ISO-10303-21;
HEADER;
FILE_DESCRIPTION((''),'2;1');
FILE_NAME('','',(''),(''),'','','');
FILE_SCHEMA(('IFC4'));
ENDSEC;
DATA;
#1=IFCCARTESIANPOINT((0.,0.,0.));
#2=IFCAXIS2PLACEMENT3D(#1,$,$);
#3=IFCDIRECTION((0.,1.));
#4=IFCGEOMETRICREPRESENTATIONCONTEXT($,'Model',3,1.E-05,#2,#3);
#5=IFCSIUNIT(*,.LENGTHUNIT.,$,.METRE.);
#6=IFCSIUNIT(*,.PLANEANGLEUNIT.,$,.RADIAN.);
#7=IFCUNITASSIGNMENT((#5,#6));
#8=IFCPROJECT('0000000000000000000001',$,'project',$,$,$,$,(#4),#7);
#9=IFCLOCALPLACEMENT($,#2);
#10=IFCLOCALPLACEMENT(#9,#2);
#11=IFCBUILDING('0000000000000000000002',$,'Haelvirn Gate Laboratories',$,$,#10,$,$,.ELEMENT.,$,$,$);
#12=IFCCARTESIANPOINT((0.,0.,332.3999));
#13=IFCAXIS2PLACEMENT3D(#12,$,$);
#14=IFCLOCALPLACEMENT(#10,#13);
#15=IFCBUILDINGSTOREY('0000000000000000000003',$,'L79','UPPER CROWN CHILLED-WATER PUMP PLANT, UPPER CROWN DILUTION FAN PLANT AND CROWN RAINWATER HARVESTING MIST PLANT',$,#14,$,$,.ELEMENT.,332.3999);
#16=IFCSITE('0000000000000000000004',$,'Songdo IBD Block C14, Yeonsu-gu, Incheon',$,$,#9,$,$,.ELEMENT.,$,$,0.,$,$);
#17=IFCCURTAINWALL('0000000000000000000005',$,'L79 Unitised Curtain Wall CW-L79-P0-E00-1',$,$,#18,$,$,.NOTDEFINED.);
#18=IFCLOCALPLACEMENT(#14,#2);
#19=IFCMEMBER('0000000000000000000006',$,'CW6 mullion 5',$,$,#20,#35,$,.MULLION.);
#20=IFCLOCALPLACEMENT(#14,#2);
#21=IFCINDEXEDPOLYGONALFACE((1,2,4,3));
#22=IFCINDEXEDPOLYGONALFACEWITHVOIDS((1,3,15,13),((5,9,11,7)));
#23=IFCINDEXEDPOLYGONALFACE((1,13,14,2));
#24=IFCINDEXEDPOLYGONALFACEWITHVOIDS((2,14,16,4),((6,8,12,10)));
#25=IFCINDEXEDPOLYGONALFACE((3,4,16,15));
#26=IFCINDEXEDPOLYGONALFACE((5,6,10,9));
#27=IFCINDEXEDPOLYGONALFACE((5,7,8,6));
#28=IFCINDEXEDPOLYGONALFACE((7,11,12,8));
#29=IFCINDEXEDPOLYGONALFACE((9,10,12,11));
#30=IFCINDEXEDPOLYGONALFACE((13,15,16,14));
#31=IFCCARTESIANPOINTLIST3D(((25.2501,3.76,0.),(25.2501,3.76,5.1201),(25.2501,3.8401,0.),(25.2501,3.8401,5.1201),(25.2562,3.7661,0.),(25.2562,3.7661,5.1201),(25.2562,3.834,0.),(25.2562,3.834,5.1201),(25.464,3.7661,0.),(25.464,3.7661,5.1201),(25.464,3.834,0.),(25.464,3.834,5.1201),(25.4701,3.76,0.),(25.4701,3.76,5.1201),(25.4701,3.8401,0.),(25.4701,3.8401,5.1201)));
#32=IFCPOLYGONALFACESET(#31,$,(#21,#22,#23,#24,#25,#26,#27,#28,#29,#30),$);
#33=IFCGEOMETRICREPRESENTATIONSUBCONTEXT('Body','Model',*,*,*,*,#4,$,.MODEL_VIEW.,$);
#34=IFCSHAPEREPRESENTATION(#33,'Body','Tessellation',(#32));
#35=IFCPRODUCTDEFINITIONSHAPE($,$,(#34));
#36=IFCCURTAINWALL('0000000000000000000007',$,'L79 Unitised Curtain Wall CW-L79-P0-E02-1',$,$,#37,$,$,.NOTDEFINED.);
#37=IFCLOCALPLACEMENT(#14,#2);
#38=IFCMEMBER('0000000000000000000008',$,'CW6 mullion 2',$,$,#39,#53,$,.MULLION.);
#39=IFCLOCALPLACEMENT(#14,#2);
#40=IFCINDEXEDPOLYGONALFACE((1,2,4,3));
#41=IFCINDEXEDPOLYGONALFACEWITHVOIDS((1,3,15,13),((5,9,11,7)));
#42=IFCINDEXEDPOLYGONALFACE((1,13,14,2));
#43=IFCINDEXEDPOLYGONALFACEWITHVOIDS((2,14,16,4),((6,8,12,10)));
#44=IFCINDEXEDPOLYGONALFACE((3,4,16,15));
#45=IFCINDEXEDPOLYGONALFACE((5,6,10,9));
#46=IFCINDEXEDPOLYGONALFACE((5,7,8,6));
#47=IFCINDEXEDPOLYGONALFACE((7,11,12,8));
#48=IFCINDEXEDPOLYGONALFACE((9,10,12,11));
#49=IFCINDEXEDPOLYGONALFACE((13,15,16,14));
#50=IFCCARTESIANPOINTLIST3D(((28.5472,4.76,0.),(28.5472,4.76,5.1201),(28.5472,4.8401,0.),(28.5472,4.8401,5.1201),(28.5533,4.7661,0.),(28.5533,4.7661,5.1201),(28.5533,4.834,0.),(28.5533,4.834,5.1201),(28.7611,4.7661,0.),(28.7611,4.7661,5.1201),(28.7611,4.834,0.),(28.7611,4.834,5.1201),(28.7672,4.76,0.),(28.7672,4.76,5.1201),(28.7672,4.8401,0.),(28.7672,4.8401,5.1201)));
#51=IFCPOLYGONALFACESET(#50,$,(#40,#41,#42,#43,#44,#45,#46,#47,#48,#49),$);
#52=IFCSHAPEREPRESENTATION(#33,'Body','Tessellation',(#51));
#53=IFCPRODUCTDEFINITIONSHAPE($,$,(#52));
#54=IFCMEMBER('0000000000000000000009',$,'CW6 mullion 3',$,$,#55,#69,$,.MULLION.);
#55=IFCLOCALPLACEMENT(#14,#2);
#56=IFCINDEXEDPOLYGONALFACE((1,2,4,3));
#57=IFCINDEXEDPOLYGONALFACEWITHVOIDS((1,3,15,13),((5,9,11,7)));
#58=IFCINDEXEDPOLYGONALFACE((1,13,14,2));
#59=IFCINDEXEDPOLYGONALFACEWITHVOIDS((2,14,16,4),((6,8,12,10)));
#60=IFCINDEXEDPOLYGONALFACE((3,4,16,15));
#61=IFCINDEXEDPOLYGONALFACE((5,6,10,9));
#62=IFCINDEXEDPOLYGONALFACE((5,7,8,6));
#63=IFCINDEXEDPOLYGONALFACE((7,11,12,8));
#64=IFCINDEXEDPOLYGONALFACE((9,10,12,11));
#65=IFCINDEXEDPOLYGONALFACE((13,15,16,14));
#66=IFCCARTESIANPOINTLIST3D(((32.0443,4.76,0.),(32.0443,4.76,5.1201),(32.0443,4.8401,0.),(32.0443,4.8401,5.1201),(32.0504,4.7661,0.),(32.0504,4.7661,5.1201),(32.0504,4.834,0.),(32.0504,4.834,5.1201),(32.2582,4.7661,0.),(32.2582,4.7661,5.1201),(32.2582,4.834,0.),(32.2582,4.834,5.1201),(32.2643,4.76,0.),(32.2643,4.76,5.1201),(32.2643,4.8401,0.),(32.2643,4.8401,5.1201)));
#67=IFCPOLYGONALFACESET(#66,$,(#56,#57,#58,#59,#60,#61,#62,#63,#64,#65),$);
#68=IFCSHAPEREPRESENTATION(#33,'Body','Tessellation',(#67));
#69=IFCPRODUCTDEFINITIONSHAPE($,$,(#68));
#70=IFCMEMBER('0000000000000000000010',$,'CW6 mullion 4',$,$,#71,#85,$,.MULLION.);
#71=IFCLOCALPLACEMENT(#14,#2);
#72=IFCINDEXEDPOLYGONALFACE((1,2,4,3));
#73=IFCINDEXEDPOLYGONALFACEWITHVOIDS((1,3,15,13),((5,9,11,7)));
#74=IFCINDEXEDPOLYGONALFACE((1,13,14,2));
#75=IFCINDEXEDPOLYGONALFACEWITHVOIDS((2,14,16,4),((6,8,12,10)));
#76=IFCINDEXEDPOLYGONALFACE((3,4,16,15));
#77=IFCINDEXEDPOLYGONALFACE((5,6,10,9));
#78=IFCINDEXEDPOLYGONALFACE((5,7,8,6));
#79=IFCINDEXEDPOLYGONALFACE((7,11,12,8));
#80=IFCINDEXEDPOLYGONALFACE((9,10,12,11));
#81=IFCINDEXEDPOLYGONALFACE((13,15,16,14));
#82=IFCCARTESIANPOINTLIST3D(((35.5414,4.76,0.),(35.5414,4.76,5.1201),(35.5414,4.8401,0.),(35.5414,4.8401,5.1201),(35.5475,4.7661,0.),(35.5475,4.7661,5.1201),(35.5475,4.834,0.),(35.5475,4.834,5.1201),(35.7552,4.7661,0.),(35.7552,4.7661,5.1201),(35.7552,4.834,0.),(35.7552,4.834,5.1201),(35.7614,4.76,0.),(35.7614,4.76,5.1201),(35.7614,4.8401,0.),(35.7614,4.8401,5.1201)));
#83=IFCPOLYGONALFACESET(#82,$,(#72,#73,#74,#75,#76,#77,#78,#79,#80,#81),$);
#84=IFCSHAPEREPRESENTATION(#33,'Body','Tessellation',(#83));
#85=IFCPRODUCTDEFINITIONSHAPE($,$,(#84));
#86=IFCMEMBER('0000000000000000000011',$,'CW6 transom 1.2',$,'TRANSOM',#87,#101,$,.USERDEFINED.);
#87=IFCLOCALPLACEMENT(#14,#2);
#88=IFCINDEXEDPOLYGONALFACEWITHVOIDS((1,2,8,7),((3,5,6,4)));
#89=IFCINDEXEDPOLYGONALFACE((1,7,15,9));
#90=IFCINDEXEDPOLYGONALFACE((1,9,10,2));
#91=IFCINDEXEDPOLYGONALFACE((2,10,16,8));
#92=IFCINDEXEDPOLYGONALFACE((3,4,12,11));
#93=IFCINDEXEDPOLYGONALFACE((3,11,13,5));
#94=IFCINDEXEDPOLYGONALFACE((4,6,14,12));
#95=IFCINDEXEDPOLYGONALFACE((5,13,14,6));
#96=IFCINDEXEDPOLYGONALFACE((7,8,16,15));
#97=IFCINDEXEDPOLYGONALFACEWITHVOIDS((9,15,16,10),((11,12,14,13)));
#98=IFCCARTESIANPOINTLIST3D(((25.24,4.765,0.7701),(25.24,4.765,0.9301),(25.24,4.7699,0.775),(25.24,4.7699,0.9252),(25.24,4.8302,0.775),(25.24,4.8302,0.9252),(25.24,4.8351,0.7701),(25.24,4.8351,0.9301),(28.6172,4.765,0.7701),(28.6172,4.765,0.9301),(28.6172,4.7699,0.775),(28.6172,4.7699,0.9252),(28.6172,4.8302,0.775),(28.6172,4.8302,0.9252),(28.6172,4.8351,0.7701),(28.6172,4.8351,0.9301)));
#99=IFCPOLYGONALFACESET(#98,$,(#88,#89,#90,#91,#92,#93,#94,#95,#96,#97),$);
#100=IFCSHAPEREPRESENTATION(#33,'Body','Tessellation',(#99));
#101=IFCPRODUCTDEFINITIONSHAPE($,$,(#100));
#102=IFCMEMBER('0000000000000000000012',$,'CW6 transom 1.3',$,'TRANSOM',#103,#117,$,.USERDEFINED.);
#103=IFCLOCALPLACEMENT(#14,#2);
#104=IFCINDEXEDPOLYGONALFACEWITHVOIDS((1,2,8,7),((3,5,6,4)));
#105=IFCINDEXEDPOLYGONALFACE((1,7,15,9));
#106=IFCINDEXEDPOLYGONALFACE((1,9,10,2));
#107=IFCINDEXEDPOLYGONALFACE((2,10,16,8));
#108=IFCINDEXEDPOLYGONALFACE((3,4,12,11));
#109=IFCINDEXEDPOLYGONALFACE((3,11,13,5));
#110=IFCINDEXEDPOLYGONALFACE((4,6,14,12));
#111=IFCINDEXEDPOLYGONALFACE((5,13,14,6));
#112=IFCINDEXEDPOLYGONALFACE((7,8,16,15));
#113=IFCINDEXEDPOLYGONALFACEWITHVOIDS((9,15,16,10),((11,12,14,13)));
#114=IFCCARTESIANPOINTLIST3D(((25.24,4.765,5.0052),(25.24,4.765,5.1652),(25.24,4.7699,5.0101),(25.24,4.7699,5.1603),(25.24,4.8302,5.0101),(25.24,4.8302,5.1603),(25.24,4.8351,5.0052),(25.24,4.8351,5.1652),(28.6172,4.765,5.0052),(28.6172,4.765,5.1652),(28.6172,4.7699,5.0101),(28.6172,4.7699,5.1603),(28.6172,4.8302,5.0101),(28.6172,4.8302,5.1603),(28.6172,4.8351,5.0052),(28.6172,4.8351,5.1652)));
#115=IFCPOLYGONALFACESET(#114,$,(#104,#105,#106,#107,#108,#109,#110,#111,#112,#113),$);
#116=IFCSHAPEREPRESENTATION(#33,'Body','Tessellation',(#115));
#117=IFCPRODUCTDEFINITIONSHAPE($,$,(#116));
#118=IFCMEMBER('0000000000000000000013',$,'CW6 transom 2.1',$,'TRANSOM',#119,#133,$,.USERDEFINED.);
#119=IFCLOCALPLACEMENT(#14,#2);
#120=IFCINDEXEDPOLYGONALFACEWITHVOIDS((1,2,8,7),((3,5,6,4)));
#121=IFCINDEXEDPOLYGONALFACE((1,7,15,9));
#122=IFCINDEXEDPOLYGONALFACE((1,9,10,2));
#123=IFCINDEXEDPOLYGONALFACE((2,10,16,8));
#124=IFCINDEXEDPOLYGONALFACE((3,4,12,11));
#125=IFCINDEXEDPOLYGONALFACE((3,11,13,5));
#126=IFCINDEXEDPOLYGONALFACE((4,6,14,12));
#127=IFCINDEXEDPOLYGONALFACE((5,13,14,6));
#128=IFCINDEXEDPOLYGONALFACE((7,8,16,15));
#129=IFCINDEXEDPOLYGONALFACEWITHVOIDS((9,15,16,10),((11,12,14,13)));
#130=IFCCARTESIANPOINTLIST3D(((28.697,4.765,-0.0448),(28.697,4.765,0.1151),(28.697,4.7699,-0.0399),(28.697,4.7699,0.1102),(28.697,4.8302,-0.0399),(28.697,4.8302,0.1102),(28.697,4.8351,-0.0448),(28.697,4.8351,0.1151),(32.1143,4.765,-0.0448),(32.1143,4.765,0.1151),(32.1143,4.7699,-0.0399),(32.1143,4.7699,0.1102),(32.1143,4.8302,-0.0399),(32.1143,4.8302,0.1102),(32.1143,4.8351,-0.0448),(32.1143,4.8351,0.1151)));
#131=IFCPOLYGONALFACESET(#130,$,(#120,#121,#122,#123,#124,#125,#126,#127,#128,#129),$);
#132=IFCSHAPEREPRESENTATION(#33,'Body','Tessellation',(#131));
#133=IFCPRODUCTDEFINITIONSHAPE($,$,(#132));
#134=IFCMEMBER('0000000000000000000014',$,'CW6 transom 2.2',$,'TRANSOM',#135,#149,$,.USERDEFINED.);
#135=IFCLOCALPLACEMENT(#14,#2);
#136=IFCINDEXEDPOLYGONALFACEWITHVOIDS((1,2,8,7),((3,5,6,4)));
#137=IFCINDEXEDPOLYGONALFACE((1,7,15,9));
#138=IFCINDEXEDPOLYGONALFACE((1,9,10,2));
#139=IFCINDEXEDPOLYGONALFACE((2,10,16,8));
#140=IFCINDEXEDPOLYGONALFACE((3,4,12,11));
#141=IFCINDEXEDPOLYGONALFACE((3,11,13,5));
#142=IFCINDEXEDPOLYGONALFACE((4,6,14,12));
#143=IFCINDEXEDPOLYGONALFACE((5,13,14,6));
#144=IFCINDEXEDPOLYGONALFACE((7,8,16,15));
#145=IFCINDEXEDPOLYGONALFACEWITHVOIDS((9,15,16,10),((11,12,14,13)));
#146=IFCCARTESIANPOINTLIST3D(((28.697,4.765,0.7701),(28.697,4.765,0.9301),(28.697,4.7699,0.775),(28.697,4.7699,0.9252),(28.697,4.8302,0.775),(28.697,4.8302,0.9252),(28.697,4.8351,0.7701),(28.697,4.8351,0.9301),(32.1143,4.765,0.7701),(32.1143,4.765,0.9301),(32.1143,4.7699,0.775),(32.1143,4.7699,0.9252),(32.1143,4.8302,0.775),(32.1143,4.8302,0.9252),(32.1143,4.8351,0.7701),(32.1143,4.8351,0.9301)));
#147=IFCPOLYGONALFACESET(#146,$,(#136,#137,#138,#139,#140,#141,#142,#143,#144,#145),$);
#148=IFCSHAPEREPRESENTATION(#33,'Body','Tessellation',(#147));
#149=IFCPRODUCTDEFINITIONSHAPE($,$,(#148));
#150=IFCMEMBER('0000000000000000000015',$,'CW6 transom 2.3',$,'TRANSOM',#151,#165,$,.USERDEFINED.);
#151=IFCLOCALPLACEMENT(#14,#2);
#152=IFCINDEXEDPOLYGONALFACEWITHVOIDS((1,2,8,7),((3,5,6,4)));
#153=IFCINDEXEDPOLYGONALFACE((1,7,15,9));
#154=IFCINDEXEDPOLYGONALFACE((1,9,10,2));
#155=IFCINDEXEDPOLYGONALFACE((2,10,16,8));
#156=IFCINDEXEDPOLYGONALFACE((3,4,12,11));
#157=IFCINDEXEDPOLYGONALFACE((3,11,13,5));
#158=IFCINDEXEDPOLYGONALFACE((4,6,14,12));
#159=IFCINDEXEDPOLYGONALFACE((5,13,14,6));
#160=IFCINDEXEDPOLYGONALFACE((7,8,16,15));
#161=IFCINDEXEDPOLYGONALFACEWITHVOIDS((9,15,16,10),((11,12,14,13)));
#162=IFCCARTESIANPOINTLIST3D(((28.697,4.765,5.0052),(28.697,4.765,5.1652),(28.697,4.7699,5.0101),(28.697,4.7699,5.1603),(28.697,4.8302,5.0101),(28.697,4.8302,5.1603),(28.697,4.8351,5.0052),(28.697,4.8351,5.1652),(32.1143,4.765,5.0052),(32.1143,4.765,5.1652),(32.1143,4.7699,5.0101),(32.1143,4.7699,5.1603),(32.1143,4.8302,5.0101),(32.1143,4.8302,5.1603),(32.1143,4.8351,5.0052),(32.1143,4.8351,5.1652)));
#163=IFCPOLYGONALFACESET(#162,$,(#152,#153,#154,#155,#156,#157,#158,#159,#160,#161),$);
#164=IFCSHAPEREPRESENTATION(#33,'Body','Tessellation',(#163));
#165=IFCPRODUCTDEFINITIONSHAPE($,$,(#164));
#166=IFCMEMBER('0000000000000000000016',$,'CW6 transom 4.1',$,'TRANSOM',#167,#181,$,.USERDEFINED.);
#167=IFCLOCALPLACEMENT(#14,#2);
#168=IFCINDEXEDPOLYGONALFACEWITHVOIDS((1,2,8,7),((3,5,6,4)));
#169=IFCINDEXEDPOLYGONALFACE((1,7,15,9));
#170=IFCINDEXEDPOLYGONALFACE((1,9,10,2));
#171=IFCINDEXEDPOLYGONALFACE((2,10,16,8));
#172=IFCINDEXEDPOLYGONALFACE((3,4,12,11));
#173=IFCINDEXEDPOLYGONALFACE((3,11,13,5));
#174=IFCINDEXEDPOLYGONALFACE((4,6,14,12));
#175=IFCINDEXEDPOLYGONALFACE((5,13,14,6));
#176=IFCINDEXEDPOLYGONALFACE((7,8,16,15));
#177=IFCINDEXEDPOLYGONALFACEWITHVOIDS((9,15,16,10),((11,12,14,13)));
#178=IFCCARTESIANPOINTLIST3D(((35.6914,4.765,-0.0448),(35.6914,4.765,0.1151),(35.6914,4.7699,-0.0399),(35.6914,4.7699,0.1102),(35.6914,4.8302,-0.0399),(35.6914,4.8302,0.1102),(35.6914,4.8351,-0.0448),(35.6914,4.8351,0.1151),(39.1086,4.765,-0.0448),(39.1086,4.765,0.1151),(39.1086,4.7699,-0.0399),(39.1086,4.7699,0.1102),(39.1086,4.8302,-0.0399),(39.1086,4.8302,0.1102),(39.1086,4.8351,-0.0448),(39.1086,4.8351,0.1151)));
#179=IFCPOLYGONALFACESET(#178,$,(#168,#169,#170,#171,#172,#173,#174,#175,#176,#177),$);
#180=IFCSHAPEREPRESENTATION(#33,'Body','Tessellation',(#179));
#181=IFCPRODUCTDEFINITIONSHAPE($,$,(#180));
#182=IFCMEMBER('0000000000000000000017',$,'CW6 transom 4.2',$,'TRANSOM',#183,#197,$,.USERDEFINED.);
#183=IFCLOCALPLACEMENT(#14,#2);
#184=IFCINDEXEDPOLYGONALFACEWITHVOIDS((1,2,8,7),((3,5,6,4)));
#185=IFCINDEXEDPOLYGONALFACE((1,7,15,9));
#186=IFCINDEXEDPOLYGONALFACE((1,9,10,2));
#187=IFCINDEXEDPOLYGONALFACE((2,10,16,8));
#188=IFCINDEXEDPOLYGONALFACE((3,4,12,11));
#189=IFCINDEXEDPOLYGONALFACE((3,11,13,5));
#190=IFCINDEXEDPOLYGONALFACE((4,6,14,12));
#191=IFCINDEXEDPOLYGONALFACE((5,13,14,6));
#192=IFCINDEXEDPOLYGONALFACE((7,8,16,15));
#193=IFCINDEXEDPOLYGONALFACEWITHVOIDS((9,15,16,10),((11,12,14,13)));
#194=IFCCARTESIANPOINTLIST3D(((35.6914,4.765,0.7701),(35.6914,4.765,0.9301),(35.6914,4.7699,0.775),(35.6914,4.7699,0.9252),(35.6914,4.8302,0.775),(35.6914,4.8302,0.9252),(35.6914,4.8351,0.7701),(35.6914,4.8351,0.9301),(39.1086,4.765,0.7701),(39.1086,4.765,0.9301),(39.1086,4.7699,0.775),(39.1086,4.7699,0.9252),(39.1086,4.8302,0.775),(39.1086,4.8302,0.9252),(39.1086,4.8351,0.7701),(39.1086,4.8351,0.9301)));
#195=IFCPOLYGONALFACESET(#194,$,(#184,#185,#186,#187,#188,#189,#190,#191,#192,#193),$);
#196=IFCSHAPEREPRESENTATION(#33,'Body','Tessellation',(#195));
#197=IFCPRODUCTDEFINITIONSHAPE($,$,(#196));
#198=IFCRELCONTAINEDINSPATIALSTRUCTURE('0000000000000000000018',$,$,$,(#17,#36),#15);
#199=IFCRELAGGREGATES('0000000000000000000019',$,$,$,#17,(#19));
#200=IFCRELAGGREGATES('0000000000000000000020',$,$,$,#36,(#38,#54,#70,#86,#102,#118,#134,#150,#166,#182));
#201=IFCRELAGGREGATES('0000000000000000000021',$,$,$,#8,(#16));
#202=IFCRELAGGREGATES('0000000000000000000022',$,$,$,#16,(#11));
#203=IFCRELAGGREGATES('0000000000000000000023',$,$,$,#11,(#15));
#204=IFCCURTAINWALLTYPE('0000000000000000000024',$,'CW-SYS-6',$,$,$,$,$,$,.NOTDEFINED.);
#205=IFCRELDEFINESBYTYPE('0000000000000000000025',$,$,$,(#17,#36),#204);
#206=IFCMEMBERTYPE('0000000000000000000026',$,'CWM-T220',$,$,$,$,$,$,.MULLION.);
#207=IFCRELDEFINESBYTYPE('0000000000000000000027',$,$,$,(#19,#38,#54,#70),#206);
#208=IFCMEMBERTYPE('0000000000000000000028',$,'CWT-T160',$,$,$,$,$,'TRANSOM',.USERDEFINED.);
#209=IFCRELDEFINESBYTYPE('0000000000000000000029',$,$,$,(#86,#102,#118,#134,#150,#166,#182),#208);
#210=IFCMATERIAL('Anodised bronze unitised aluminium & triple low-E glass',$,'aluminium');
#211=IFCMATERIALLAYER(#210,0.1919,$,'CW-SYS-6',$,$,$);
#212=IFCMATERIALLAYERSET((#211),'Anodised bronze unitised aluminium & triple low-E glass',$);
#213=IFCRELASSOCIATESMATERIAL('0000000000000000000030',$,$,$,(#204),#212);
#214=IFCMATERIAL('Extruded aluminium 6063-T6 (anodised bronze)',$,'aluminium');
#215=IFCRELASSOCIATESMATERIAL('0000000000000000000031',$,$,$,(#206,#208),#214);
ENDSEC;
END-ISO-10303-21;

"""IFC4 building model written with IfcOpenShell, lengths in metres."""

from ifc_helpers import new_model, si_unit, direction, frame, origin, origin_2d, place, context, subcontext, project, spatial, hollow_rectangle, extrude, source, transform, mapped, material, layer, layer_set, material_profile, profile_set, type_object, type_shapes, element, aggregate, save


model = new_model("IFC4")

# Units and contexts
model_context = context("Model", 3, precision=1e-05, world=origin(), true_north=direction((0.0, 1.0)))
body_context = subcontext(model_context, "Body", "Model", "MODEL_VIEW")
ifc_project = project(units=[si_unit("LENGTHUNIT", "METRE"), si_unit("PLANEANGLEUNIT", "RADIAN")], contexts=[model_context])

# Site, building, storey
site_placement = place(None, origin())
site = spatial("IfcSite", under=ifc_project, at=site_placement, Name="Songdo IBD Block C14, Yeonsu-gu, Incheon", CompositionType="ELEMENT", RefElevation=0.0)
building_placement = place(site_placement, origin())
building = spatial("IfcBuilding", under=site, at=building_placement, Name="Haelvirn Gate Laboratories", CompositionType="ELEMENT")
storey_placement = place(building_placement, frame((0.0, 0.0, 332.3999)))
storey = spatial("IfcBuildingStorey", under=building, at=storey_placement, Name="L79", Description="UPPER CROWN CHILLED-WATER PUMP PLANT, UPPER CROWN DILUTION FAN PLANT AND CROWN RAINWATER HARVESTING MIST PLANT", CompositionType="ELEMENT", Elevation=332.3999)

# Curtain wall, member
ifc_material_1 = material(Name="Anodised bronze unitised aluminium & triple low-E glass", Category="aluminium")
ifc_layer_1 = layer(ifc_material_1, 0.1919, Name="CW-SYS-6")
ifc_layer_set_1 = layer_set([ifc_layer_1], Name="Anodised bronze unitised aluminium & triple low-E glass")
curtain_wall_type = type_object("IfcCurtainWallType", Name="CW-SYS-6", PredefinedType="NOTDEFINED", material=ifc_layer_set_1)
curtain_wall_1_placement = place(storey_placement, origin())
curtain_wall_1 = element("IfcCurtainWall", 1, at=curtain_wall_1_placement, inside=storey, type_object=curtain_wall_type, Name="L79 Unitised Curtain Wall CW-L79-P0-E00-1", PredefinedType="NOTDEFINED")
ifc_material_2 = material(Name="Extruded aluminium 6063-T6 (anodised bronze)", Category="aluminium")
ifc_material_profile_1 = material_profile(ifc_material_2, hollow_rectangle(XDim=0.0801, YDim=0.22, WallThickness=0.0061, at=origin_2d()), Name="CWM-220x80x6")
ifc_profile_set_1 = profile_set([ifc_material_profile_1], Name="Extruded aluminium 6063-T6 (anodised bronze)")
member_type_1 = type_object("IfcMemberType", Name="CWM-T220", PredefinedType="MULLION", material=ifc_profile_set_1)
shared_shape_1 = source(origin(), body_context, "Body", "SweptSolid", [
    extrude(hollow_rectangle(XDim=0.0801, YDim=0.22, WallThickness=0.0061, at=origin_2d()), origin(), (0.0, 0.0, 1.0), 5.1201),
])
type_shapes(member_type_1, [shared_shape_1])
member_1_placement = place(storey_placement, frame((25.3601, 3.8, 0.0), z_axis=(0.0, 0.0, 1.0), x_axis=(0.0, 1.0, 0.0)))
member_1 = element("IfcMember", 2, at=member_1_placement, type_object=member_type_1, Name="CW6 mullion 5", PredefinedType="MULLION", context=body_context, shape_type="MappedRepresentation", body=[
    mapped(shared_shape_1, transform((0.0, 0.0, 0.0), scale=1.0)),
])
aggregate(curtain_wall_1, [member_1])

# Curtain wall, members
curtain_wall_2_placement = place(storey_placement, origin())
curtain_wall_2 = element("IfcCurtainWall", 3, at=curtain_wall_2_placement, inside=storey, type_object=curtain_wall_type, Name="L79 Unitised Curtain Wall CW-L79-P0-E02-1", PredefinedType="NOTDEFINED")
member_2_placement = place(storey_placement, frame((28.6572, 4.8, 0.0), z_axis=(0.0, 0.0, 1.0), x_axis=(0.0, 1.0, 0.0)))
member_2 = element("IfcMember", 4, at=member_2_placement, type_object=member_type_1, Name="CW6 mullion 2", PredefinedType="MULLION", context=body_context, shape_type="MappedRepresentation", body=[
    mapped(shared_shape_1, transform((0.0, 0.0, 0.0), scale=1.0)),
])
member_3_placement = place(storey_placement, frame((32.1543, 4.8, 0.0), z_axis=(0.0, 0.0, 1.0), x_axis=(0.0, 1.0, 0.0)))
member_3 = element("IfcMember", 5, at=member_3_placement, type_object=member_type_1, Name="CW6 mullion 3", PredefinedType="MULLION", context=body_context, shape_type="MappedRepresentation", body=[
    mapped(shared_shape_1, transform((0.0, 0.0, 0.0), scale=1.0)),
])
member_4_placement = place(storey_placement, frame((35.6514, 4.8, 0.0), z_axis=(0.0, 0.0, 1.0), x_axis=(0.0, 1.0, 0.0)))
member_4 = element("IfcMember", 6, at=member_4_placement, type_object=member_type_1, Name="CW6 mullion 4", PredefinedType="MULLION", context=body_context, shape_type="MappedRepresentation", body=[
    mapped(shared_shape_1, transform((0.0, 0.0, 0.0), scale=1.0)),
])
ifc_material_profile_2 = material_profile(ifc_material_2, hollow_rectangle(XDim=0.0701, YDim=0.1599, WallThickness=0.0049, at=origin_2d()), Name="CWT-160x70x5")
ifc_profile_set_2 = profile_set([ifc_material_profile_2], Name="Extruded aluminium 6063-T6 (anodised bronze)")
member_type_2 = type_object("IfcMemberType", Name="CWT-T160", ElementType="TRANSOM", PredefinedType="USERDEFINED", material=ifc_profile_set_2)
shared_shape_2 = source(origin(), body_context, "Body", "SweptSolid", [
    extrude(hollow_rectangle(XDim=0.0701, YDim=0.1599, WallThickness=0.0049, at=origin_2d()), origin(), (0.0, 0.0, 1.0), 3.3772),
])
member_5_placement = place(storey_placement, frame((25.24, 4.8, 0.8501), z_axis=(1.0, 0.0, 0.0), x_axis=(0.0, 1.0, 0.0)))
member_5 = element("IfcMember", 7, at=member_5_placement, type_object=member_type_2, Name="CW6 transom 1.2", ObjectType="TRANSOM", PredefinedType="USERDEFINED", context=body_context, shape_type="MappedRepresentation", body=[
    mapped(shared_shape_2, transform((0.0, 0.0, 0.0), scale=1.0)),
])
member_6_placement = place(storey_placement, frame((25.24, 4.8, 5.0852), z_axis=(1.0, 0.0, 0.0), x_axis=(0.0, 1.0, 0.0)))
member_6 = element("IfcMember", 8, at=member_6_placement, type_object=member_type_2, Name="CW6 transom 1.3", ObjectType="TRANSOM", PredefinedType="USERDEFINED", context=body_context, shape_type="MappedRepresentation", body=[
    mapped(shared_shape_2, transform((0.0, 0.0, 0.0), scale=1.0)),
])
shared_shape_3 = source(origin(), body_context, "Body", "SweptSolid", [
    extrude(hollow_rectangle(XDim=0.0701, YDim=0.1599, WallThickness=0.0049, at=origin_2d()), origin(), (0.0, 0.0, 1.0), 3.4172),
])
member_7_placement = place(storey_placement, frame((28.697, 4.8, 0.0352), z_axis=(1.0, 0.0, 0.0), x_axis=(0.0, 1.0, 0.0)))
member_7 = element("IfcMember", 9, at=member_7_placement, type_object=member_type_2, Name="CW6 transom 2.1", ObjectType="TRANSOM", PredefinedType="USERDEFINED", context=body_context, shape_type="MappedRepresentation", body=[
    mapped(shared_shape_3, transform((0.0, 0.0, 0.0), scale=1.0)),
])
member_8_placement = place(storey_placement, frame((28.697, 4.8, 0.8501), z_axis=(1.0, 0.0, 0.0), x_axis=(0.0, 1.0, 0.0)))
member_8 = element("IfcMember", 10, at=member_8_placement, type_object=member_type_2, Name="CW6 transom 2.2", ObjectType="TRANSOM", PredefinedType="USERDEFINED", context=body_context, shape_type="MappedRepresentation", body=[
    mapped(shared_shape_3, transform((0.0, 0.0, 0.0), scale=1.0)),
])
member_9_placement = place(storey_placement, frame((28.697, 4.8, 5.0852), z_axis=(1.0, 0.0, 0.0), x_axis=(0.0, 1.0, 0.0)))
member_9 = element("IfcMember", 11, at=member_9_placement, type_object=member_type_2, Name="CW6 transom 2.3", ObjectType="TRANSOM", PredefinedType="USERDEFINED", context=body_context, shape_type="MappedRepresentation", body=[
    mapped(shared_shape_3, transform((0.0, 0.0, 0.0), scale=1.0)),
])
member_10_placement = place(storey_placement, frame((35.6914, 4.8, 0.0352), z_axis=(1.0, 0.0, 0.0), x_axis=(0.0, 1.0, 0.0)))
member_10 = element("IfcMember", 12, at=member_10_placement, type_object=member_type_2, Name="CW6 transom 4.1", ObjectType="TRANSOM", PredefinedType="USERDEFINED", context=body_context, shape_type="MappedRepresentation", body=[
    mapped(shared_shape_3, transform((0.0, 0.0, 0.0), scale=1.0)),
])
member_11_placement = place(storey_placement, frame((35.6914, 4.8, 0.8501), z_axis=(1.0, 0.0, 0.0), x_axis=(0.0, 1.0, 0.0)))
member_11 = element("IfcMember", 13, at=member_11_placement, type_object=member_type_2, Name="CW6 transom 4.2", ObjectType="TRANSOM", PredefinedType="USERDEFINED", context=body_context, shape_type="MappedRepresentation", body=[
    mapped(shared_shape_3, transform((0.0, 0.0, 0.0), scale=1.0)),
])
aggregate(curtain_wall_2, [member_2, member_3, member_4, member_5, member_6, member_7, member_8, member_9, member_10, member_11])

save(model, "model.ifc")
